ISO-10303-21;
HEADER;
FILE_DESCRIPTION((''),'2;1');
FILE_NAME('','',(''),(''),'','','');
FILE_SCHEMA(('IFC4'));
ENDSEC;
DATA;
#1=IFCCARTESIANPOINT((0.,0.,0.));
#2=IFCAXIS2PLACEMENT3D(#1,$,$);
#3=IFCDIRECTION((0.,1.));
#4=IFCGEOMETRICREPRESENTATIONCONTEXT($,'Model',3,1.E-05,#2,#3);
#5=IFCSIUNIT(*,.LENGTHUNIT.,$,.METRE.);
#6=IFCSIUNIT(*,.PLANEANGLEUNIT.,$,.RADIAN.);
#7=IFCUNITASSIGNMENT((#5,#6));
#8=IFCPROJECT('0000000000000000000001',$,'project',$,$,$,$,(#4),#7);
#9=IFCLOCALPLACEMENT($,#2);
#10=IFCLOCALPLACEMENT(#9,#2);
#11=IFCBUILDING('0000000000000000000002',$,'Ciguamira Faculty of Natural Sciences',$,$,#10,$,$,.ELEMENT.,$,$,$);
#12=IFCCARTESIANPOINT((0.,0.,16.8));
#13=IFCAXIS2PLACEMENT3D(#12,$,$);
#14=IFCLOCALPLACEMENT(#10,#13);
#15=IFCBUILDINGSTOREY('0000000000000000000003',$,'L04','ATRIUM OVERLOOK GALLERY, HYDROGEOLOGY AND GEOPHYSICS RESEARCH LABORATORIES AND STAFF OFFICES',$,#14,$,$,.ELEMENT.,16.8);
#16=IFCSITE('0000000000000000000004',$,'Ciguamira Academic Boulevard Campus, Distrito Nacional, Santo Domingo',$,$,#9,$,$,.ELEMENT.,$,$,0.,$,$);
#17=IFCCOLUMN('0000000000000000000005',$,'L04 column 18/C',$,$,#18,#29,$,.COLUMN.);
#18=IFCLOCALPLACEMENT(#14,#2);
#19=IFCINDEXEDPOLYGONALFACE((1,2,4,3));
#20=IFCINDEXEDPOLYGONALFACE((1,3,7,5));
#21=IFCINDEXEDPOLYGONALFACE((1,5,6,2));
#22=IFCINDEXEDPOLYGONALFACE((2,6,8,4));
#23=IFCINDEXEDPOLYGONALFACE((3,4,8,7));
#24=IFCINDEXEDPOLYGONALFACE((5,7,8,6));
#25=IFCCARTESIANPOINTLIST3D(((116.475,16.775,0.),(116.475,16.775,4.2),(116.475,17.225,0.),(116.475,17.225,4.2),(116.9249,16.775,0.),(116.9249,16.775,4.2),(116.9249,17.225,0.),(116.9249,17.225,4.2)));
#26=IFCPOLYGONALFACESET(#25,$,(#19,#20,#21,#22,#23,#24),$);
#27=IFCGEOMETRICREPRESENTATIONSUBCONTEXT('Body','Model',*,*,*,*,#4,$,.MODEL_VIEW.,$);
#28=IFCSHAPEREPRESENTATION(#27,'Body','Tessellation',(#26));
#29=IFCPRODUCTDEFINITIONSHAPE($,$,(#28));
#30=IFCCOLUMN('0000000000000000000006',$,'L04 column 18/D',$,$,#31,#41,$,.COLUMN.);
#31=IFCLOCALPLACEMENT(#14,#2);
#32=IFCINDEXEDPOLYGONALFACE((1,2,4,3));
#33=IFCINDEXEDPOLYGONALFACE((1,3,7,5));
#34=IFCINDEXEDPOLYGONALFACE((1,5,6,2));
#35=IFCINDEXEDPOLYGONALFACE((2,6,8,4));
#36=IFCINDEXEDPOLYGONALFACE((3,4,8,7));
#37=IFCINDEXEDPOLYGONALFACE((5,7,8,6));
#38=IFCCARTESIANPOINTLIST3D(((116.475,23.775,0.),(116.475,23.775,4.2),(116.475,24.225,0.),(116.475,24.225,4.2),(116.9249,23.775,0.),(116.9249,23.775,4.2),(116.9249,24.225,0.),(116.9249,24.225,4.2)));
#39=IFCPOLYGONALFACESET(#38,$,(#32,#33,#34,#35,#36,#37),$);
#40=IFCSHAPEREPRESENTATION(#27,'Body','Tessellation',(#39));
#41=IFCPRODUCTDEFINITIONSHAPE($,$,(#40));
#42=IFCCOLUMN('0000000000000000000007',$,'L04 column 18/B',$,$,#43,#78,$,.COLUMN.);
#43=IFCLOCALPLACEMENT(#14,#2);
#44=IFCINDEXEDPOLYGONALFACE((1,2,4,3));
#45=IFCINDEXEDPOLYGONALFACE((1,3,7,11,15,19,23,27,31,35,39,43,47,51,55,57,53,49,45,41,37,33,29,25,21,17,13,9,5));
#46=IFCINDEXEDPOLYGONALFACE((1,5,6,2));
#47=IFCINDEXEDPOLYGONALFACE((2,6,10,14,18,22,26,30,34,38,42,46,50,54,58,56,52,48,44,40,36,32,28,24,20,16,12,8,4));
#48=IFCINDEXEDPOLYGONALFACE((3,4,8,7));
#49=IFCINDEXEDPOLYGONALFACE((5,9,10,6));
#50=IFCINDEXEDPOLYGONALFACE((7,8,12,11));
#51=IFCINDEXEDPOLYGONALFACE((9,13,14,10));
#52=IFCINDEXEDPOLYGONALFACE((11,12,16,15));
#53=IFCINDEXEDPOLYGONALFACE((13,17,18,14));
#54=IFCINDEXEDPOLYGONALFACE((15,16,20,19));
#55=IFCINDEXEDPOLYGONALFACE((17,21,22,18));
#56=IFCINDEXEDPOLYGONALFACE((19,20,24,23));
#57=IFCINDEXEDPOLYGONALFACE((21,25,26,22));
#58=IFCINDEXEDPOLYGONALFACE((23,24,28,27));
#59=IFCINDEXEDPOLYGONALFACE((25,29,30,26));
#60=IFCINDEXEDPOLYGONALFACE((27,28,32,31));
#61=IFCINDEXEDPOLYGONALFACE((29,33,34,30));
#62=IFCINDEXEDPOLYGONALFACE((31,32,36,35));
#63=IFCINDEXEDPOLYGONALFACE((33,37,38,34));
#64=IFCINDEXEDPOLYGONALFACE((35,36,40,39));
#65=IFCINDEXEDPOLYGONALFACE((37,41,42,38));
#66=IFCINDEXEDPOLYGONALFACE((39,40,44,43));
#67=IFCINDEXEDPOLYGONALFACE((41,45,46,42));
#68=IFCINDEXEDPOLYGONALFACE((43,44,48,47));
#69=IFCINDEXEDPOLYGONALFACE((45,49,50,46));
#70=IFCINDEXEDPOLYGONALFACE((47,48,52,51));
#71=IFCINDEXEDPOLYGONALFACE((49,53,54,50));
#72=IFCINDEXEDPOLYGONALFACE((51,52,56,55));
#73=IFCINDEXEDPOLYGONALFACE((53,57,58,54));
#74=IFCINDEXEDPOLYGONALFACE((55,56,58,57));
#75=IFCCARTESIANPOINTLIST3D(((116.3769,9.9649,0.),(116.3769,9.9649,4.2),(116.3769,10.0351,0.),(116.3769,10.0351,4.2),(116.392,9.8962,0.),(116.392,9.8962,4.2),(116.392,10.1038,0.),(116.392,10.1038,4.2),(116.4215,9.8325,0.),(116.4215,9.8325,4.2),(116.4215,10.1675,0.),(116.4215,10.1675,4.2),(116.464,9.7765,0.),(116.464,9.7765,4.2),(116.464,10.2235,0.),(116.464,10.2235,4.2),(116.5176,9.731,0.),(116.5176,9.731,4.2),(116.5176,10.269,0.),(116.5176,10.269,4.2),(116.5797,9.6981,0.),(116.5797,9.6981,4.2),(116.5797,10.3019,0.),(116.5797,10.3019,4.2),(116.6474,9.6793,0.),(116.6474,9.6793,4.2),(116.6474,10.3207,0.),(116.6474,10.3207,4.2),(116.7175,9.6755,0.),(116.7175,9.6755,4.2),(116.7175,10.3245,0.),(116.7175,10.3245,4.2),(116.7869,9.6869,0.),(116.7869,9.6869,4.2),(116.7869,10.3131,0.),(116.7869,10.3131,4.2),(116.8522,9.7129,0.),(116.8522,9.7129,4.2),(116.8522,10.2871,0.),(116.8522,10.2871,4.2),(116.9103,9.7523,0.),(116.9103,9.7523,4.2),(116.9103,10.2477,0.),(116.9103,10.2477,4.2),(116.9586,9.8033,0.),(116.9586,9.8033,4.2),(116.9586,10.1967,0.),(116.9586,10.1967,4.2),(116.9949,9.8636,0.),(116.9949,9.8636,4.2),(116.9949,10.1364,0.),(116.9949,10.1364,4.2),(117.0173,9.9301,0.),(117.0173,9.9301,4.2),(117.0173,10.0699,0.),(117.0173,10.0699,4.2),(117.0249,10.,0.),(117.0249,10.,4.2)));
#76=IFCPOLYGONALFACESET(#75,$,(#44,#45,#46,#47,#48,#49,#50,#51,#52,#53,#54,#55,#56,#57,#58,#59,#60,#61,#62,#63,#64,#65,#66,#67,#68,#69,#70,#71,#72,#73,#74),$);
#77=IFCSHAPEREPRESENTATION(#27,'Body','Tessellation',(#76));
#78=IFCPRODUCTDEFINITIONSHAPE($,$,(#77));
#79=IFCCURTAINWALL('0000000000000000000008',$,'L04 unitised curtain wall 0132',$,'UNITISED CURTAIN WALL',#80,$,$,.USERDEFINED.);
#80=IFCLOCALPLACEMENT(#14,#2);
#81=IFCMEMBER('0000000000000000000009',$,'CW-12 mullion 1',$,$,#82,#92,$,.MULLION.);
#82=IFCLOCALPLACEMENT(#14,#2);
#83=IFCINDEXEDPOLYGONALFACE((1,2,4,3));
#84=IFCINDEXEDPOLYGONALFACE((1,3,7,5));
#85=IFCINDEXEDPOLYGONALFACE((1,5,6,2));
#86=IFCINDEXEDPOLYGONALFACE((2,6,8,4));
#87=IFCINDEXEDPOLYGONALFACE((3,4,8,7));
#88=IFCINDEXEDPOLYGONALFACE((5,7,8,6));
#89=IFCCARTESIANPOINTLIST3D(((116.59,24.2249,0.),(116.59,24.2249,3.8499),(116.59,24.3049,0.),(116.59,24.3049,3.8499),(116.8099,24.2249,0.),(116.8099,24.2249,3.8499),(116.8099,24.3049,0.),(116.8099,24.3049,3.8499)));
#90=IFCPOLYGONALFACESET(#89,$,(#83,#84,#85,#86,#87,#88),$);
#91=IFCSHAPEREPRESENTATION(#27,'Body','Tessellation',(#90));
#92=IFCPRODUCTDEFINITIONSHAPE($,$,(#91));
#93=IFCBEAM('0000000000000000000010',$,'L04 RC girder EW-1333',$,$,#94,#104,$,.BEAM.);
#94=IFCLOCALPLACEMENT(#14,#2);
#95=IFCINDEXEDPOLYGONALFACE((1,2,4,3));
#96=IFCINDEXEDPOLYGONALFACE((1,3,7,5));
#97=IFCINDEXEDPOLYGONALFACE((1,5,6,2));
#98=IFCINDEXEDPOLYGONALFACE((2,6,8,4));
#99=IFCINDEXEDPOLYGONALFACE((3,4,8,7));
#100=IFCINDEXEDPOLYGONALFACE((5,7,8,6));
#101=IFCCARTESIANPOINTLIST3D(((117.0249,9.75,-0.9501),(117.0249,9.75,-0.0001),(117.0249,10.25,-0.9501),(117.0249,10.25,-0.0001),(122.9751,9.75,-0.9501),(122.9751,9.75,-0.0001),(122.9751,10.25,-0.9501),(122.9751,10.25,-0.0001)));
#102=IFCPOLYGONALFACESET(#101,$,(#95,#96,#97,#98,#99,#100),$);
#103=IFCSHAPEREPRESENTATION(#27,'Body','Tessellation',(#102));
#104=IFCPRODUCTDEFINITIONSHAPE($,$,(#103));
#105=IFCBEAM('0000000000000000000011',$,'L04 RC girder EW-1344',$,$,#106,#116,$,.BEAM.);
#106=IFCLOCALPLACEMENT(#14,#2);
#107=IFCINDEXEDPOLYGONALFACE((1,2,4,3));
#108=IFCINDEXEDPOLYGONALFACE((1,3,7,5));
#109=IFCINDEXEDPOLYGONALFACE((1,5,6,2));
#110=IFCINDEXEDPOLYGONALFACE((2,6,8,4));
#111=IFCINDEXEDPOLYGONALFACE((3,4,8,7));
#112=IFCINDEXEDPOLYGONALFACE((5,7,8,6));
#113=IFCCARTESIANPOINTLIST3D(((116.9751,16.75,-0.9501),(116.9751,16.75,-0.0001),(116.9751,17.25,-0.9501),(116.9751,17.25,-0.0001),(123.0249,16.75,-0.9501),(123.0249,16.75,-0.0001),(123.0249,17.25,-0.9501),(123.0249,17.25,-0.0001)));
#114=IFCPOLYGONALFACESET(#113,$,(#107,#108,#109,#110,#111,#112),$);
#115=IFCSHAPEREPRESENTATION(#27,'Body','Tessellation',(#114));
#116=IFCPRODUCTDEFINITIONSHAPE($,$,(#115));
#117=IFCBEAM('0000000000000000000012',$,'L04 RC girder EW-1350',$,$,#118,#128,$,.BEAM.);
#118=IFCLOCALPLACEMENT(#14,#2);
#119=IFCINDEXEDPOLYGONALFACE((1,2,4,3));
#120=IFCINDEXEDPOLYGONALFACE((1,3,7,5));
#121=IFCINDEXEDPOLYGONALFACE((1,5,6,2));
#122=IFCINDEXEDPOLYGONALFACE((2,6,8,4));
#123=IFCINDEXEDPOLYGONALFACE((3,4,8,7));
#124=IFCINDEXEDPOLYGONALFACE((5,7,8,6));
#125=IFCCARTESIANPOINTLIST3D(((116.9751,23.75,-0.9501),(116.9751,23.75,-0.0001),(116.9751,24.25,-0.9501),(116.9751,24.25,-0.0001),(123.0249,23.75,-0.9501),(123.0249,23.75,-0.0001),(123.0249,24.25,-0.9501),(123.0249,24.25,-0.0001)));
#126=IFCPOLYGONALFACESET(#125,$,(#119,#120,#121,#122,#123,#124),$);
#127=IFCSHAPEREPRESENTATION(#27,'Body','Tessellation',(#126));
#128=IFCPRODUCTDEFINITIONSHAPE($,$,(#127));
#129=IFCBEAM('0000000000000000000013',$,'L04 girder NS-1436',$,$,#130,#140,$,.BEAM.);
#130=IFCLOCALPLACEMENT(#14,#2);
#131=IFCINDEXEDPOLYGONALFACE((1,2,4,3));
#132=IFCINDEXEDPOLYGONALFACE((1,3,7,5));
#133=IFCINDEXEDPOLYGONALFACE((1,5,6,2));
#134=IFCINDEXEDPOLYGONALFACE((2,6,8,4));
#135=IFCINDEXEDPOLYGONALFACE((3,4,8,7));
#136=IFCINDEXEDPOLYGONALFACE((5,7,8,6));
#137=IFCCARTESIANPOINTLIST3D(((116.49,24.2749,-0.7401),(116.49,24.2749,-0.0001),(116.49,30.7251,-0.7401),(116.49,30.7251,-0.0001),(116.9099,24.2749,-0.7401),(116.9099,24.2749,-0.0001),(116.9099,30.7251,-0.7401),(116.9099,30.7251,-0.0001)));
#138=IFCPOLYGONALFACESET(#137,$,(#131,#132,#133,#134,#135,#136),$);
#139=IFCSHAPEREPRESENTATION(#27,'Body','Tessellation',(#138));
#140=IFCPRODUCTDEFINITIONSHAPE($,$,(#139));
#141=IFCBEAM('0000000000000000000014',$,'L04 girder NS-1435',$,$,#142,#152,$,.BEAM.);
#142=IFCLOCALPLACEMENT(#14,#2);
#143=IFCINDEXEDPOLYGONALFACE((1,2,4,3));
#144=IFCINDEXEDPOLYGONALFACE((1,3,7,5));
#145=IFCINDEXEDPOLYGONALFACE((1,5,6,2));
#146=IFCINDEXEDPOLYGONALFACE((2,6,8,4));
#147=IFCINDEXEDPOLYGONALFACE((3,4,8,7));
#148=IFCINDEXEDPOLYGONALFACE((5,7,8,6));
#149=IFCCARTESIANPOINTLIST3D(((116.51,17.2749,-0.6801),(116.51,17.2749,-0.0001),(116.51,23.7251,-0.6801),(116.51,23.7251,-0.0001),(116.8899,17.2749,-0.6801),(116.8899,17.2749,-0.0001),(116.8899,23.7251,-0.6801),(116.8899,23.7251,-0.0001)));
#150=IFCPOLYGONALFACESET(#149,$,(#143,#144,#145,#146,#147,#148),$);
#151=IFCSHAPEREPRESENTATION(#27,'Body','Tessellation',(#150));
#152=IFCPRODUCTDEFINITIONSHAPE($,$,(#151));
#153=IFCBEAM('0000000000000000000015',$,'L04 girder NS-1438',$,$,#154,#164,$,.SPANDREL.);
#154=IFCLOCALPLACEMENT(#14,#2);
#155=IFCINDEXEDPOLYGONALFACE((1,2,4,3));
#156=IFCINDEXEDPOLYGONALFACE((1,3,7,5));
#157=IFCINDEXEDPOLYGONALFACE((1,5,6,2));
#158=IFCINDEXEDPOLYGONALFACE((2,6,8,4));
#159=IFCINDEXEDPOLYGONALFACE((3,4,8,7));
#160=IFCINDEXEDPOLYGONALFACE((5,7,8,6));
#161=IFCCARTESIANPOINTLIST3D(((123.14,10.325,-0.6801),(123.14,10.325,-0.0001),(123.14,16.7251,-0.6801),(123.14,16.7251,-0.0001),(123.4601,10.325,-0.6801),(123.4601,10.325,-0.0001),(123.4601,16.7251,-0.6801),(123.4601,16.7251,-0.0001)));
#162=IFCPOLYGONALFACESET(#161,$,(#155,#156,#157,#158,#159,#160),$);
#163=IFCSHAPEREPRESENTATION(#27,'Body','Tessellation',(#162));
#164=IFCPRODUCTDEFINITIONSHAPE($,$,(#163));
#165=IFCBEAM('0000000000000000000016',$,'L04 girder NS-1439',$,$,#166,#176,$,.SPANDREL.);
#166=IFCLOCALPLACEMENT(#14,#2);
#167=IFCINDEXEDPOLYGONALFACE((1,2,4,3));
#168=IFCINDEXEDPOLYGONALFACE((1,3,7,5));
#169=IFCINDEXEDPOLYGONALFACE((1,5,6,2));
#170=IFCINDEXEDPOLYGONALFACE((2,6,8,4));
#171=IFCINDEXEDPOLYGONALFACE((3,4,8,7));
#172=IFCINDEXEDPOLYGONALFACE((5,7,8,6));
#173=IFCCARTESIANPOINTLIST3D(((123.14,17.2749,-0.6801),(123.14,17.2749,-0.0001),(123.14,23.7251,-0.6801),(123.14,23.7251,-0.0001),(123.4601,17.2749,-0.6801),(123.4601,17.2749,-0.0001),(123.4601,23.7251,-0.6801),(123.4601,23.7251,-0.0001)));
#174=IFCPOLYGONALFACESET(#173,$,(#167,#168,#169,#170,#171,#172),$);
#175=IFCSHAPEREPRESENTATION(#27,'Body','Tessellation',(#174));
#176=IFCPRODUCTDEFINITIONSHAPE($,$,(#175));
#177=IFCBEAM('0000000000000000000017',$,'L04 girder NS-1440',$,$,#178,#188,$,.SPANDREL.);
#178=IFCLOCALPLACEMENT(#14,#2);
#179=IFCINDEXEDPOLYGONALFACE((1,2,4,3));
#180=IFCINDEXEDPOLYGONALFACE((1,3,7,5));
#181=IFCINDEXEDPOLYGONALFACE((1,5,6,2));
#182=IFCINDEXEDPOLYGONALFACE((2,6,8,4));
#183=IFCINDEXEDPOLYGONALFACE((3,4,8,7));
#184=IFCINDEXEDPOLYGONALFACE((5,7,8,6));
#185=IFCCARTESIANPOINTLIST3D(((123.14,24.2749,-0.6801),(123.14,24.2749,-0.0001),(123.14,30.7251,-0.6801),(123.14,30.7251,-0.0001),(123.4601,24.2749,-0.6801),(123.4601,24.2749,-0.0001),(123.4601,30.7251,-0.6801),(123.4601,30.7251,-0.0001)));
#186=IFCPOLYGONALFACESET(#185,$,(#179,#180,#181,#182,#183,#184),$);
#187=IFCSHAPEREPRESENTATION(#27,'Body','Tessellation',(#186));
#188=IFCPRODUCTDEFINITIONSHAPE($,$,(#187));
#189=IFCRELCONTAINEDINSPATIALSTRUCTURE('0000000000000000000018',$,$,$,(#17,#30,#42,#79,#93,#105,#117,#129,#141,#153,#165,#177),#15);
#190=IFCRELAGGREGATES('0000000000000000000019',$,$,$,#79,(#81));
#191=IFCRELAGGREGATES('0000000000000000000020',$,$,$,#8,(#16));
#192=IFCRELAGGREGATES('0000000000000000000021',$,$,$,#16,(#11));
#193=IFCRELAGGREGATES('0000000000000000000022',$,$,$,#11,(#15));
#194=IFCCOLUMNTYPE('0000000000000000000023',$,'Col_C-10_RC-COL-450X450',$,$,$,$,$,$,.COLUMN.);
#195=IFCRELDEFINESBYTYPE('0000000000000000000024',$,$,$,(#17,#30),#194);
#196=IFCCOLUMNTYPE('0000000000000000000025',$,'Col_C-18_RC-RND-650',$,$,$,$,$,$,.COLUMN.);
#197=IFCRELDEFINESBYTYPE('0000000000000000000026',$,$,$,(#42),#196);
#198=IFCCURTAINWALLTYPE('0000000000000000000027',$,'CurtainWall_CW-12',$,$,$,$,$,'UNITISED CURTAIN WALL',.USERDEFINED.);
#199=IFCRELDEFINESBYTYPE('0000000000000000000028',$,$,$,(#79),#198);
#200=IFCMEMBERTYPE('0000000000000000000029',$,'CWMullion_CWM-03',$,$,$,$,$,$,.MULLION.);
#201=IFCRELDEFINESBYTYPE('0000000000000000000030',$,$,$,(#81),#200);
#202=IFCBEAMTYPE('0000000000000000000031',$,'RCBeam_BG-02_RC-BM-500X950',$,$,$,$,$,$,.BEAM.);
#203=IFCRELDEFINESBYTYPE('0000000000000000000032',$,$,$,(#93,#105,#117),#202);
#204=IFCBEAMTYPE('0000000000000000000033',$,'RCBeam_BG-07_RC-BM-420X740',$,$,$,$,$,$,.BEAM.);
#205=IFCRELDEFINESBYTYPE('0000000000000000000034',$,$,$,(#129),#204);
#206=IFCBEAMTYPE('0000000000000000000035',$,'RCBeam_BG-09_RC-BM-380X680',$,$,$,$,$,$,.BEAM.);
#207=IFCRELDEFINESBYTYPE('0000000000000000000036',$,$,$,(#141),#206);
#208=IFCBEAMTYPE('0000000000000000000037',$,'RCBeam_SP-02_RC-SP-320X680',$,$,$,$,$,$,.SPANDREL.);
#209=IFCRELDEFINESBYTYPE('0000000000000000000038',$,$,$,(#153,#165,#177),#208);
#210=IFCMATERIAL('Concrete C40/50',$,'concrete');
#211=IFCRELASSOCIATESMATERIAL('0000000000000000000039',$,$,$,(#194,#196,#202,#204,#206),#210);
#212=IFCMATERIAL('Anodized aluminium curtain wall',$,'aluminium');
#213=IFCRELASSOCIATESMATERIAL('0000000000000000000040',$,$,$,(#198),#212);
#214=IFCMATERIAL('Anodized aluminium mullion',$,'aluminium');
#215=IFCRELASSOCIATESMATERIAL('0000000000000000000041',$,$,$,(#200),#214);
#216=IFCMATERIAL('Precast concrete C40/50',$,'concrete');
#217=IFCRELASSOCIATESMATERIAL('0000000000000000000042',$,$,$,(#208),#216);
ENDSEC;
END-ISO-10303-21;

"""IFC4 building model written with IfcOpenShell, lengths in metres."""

from ifc_helpers import new_model, si_unit, direction, frame, origin, origin_2d, place, context, subcontext, project, spatial, rectangle, circle, extrude, material, material_profile, profile_set, type_object, element, aggregate, save


model = new_model("IFC4")

# Units and contexts
model_context = context("Model", 3, precision=1e-05, world=origin(), true_north=direction((0.0, 1.0)))
body_context = subcontext(model_context, "Body", "Model", "MODEL_VIEW")
ifc_project = project(units=[si_unit("LENGTHUNIT", "METRE"), si_unit("PLANEANGLEUNIT", "RADIAN")], contexts=[model_context])

# Site, building, storey
site_placement = place(None, origin())
site = spatial("IfcSite", under=ifc_project, at=site_placement, Name="Ciguamira Academic Boulevard Campus, Distrito Nacional, Santo Domingo", CompositionType="ELEMENT", RefElevation=0.0)
building_placement = place(site_placement, origin())
building = spatial("IfcBuilding", under=site, at=building_placement, Name="Ciguamira Faculty of Natural Sciences", CompositionType="ELEMENT")
storey_placement = place(building_placement, frame((0.0, 0.0, 16.8)))
storey = spatial("IfcBuildingStorey", under=building, at=storey_placement, Name="L04", Description="ATRIUM OVERLOOK GALLERY, HYDROGEOLOGY AND GEOPHYSICS RESEARCH LABORATORIES AND STAFF OFFICES", CompositionType="ELEMENT", Elevation=16.8)

# Columns
ifc_material_1 = material(Name="Concrete C40/50", Category="concrete")
ifc_material_profile_1 = material_profile(ifc_material_1, rectangle(XDim=0.45, YDim=0.45, at=origin_2d()), Name="RC-COL-450X450")
ifc_profile_set_1 = profile_set([ifc_material_profile_1], Name="Concrete C40/50")
column_type_1 = type_object("IfcColumnType", Name="Col_C-10_RC-COL-450X450", PredefinedType="COLUMN", material=ifc_profile_set_1)
for number, where, z_axis, x_axis, name in (
    (1, (116.7, 17.0, 0.0), (0.0, 0.0, 1.0), (1.0, 0.0, 0.0), "L04 column 18/C"),
    (2, (116.7, 24.0, 0.0), (0.0, 0.0, 1.0), (1.0, 0.0, 0.0), "L04 column 18/D"),
):
    element("IfcColumn", number, at=place(storey_placement, frame(where, z_axis=z_axis, x_axis=x_axis)), inside=storey, type_object=column_type_1, Name=name, PredefinedType="COLUMN", context=body_context, shape_type="SweptSolid", body=[
        extrude(rectangle(XDim=0.45, YDim=0.45, at=origin_2d()), origin(), (0.0, 0.0, 1.0), 4.2),
    ])
ifc_material_profile_2 = material_profile(ifc_material_1, circle(Radius=0.325, at=origin_2d()), Name="RC-RND-650")
ifc_profile_set_2 = profile_set([ifc_material_profile_2], Name="Concrete C40/50")
column_type_2 = type_object("IfcColumnType", Name="Col_C-18_RC-RND-650", PredefinedType="COLUMN", material=ifc_profile_set_2)
column_placement = place(storey_placement, frame((116.7, 10.0, 0.0), z_axis=(0.0, 0.0, 1.0), x_axis=(1.0, 0.0, 0.0)))
element("IfcColumn", 3, at=column_placement, inside=storey, type_object=column_type_2, Name="L04 column 18/B", PredefinedType="COLUMN", context=body_context, shape_type="SweptSolid", body=[
    extrude(circle(Radius=0.325, at=origin_2d()), origin(), (0.0, 0.0, 1.0), 4.2),
])

# Curtain wall, member
ifc_material_2 = material(Name="Anodized aluminium curtain wall", Category="aluminium")
curtain_wall_type = type_object("IfcCurtainWallType", Name="CurtainWall_CW-12", ElementType="UNITISED CURTAIN WALL", PredefinedType="USERDEFINED", material=ifc_material_2)
curtain_wall_placement = place(storey_placement, origin())
curtain_wall = element("IfcCurtainWall", 4, at=curtain_wall_placement, inside=storey, type_object=curtain_wall_type, Name="L04 unitised curtain wall 0132", ObjectType="UNITISED CURTAIN WALL", PredefinedType="USERDEFINED")
ifc_material_3 = material(Name="Anodized aluminium mullion", Category="aluminium")
ifc_material_profile_3 = material_profile(ifc_material_3, rectangle(XDim=0.0801, YDim=0.22, at=origin_2d()), Name="ALU-MUL-80X220")
ifc_profile_set_3 = profile_set([ifc_material_profile_3], Name="Anodized aluminium mullion")
member_type = type_object("IfcMemberType", Name="CWMullion_CWM-03", PredefinedType="MULLION", material=ifc_profile_set_3)
member_placement = place(storey_placement, frame((116.7, 24.2649, 0.0), z_axis=(0.0, 0.0, 1.0), x_axis=(0.0, 1.0, 0.0)))
member = element("IfcMember", 5, at=member_placement, type_object=member_type, Name="CW-12 mullion 1", PredefinedType="MULLION", context=body_context, shape_type="SweptSolid", body=[
    extrude(rectangle(XDim=0.0801, YDim=0.22, at=origin_2d()), origin(), (0.0, 0.0, 1.0), 3.8499),
])
aggregate(curtain_wall, [member])

# Beams
ifc_material_profile_4 = material_profile(ifc_material_1, rectangle(XDim=0.5, YDim=0.95, at=origin_2d()), Name="RC-BM-500X950")
ifc_profile_set_4 = profile_set([ifc_material_profile_4], Name="Concrete C40/50")
beam_type_1 = type_object("IfcBeamType", Name="RCBeam_BG-02_RC-BM-500X950", PredefinedType="BEAM", material=ifc_profile_set_4)
beam_1_placement = place(storey_placement, frame((117.0249, 10.0, -0.4751), z_axis=(1.0, 0.0, 0.0), x_axis=(0.0, 1.0, 0.0)))
element("IfcBeam", 6, at=beam_1_placement, inside=storey, type_object=beam_type_1, Name="L04 RC girder EW-1333", PredefinedType="BEAM", context=body_context, shape_type="SweptSolid", body=[
    extrude(rectangle(XDim=0.5, YDim=0.95, at=origin_2d()), origin(), (0.0, 0.0, 1.0), 5.9502),
])
for number, where, z_axis, x_axis, name in (
    (7, (116.9751, 17.0, -0.4751), (1.0, 0.0, 0.0), (0.0, 1.0, 0.0), "L04 RC girder EW-1344"),
    (8, (116.9751, 24.0, -0.4751), (1.0, 0.0, 0.0), (0.0, 1.0, 0.0), "L04 RC girder EW-1350"),
):
    element("IfcBeam", number, at=place(storey_placement, frame(where, z_axis=z_axis, x_axis=x_axis)), inside=storey, type_object=beam_type_1, Name=name, PredefinedType="BEAM", context=body_context, shape_type="SweptSolid", body=[
        extrude(rectangle(XDim=0.5, YDim=0.95, at=origin_2d()), origin(), (0.0, 0.0, 1.0), 6.0498),
    ])
ifc_material_profile_5 = material_profile(ifc_material_1, rectangle(XDim=0.4199, YDim=0.74, at=origin_2d()), Name="RC-BM-420X740")
ifc_profile_set_5 = profile_set([ifc_material_profile_5], Name="Concrete C40/50")
beam_type_2 = type_object("IfcBeamType", Name="RCBeam_BG-07_RC-BM-420X740", PredefinedType="BEAM", material=ifc_profile_set_5)
beam_2_placement = place(storey_placement, frame((116.7, 24.2749, -0.3701), z_axis=(0.0, 1.0, 0.0), x_axis=(-1.0, 0.0, 0.0)))
element("IfcBeam", 9, at=beam_2_placement, inside=storey, type_object=beam_type_2, Name="L04 girder NS-1436", PredefinedType="BEAM", context=body_context, shape_type="SweptSolid", body=[
    extrude(rectangle(XDim=0.4199, YDim=0.74, at=origin_2d()), origin(), (0.0, 0.0, 1.0), 6.4502),
])
ifc_material_profile_6 = material_profile(ifc_material_1, rectangle(XDim=0.3799, YDim=0.6799, at=origin_2d()), Name="RC-BM-380X680")
ifc_profile_set_6 = profile_set([ifc_material_profile_6], Name="Concrete C40/50")
beam_type_3 = type_object("IfcBeamType", Name="RCBeam_BG-09_RC-BM-380X680", PredefinedType="BEAM", material=ifc_profile_set_6)
beam_3_placement = place(storey_placement, frame((116.7, 17.2749, -0.3401), z_axis=(0.0, 1.0, 0.0), x_axis=(-1.0, 0.0, 0.0)))
element("IfcBeam", 10, at=beam_3_placement, inside=storey, type_object=beam_type_3, Name="L04 girder NS-1435", PredefinedType="BEAM", context=body_context, shape_type="SweptSolid", body=[
    extrude(rectangle(XDim=0.3799, YDim=0.6799, at=origin_2d()), origin(), (0.0, 0.0, 1.0), 6.4502),
])
ifc_material_4 = material(Name="Precast concrete C40/50", Category="concrete")
ifc_material_profile_7 = material_profile(ifc_material_4, rectangle(XDim=0.3201, YDim=0.6799, at=origin_2d()), Name="RC-SP-320X680")
ifc_profile_set_7 = profile_set([ifc_material_profile_7], Name="Precast concrete C40/50")
beam_type_4 = type_object("IfcBeamType", Name="RCBeam_SP-02_RC-SP-320X680", PredefinedType="SPANDREL", material=ifc_profile_set_7)
beam_4_placement = place(storey_placement, frame((123.3, 10.325, -0.3401), z_axis=(0.0, 1.0, 0.0), x_axis=(-1.0, 0.0, 0.0)))
element("IfcBeam", 11, at=beam_4_placement, inside=storey, type_object=beam_type_4, Name="L04 girder NS-1438", PredefinedType="SPANDREL", context=body_context, shape_type="SweptSolid", body=[
    extrude(rectangle(XDim=0.3201, YDim=0.6799, at=origin_2d()), origin(), (0.0, 0.0, 1.0), 6.4001),
])
for number, where, z_axis, x_axis, name in (
    (12, (123.3, 17.2749, -0.3401), (0.0, 1.0, 0.0), (-1.0, 0.0, 0.0), "L04 girder NS-1439"),
    (13, (123.3, 24.2749, -0.3401), (0.0, 1.0, 0.0), (-1.0, 0.0, 0.0), "L04 girder NS-1440"),
):
    element("IfcBeam", number, at=place(storey_placement, frame(where, z_axis=z_axis, x_axis=x_axis)), inside=storey, type_object=beam_type_4, Name=name, PredefinedType="SPANDREL", context=body_context, shape_type="SweptSolid", body=[
        extrude(rectangle(XDim=0.3201, YDim=0.6799, at=origin_2d()), origin(), (0.0, 0.0, 1.0), 6.4502),
    ])

save(model, "model.ifc")
